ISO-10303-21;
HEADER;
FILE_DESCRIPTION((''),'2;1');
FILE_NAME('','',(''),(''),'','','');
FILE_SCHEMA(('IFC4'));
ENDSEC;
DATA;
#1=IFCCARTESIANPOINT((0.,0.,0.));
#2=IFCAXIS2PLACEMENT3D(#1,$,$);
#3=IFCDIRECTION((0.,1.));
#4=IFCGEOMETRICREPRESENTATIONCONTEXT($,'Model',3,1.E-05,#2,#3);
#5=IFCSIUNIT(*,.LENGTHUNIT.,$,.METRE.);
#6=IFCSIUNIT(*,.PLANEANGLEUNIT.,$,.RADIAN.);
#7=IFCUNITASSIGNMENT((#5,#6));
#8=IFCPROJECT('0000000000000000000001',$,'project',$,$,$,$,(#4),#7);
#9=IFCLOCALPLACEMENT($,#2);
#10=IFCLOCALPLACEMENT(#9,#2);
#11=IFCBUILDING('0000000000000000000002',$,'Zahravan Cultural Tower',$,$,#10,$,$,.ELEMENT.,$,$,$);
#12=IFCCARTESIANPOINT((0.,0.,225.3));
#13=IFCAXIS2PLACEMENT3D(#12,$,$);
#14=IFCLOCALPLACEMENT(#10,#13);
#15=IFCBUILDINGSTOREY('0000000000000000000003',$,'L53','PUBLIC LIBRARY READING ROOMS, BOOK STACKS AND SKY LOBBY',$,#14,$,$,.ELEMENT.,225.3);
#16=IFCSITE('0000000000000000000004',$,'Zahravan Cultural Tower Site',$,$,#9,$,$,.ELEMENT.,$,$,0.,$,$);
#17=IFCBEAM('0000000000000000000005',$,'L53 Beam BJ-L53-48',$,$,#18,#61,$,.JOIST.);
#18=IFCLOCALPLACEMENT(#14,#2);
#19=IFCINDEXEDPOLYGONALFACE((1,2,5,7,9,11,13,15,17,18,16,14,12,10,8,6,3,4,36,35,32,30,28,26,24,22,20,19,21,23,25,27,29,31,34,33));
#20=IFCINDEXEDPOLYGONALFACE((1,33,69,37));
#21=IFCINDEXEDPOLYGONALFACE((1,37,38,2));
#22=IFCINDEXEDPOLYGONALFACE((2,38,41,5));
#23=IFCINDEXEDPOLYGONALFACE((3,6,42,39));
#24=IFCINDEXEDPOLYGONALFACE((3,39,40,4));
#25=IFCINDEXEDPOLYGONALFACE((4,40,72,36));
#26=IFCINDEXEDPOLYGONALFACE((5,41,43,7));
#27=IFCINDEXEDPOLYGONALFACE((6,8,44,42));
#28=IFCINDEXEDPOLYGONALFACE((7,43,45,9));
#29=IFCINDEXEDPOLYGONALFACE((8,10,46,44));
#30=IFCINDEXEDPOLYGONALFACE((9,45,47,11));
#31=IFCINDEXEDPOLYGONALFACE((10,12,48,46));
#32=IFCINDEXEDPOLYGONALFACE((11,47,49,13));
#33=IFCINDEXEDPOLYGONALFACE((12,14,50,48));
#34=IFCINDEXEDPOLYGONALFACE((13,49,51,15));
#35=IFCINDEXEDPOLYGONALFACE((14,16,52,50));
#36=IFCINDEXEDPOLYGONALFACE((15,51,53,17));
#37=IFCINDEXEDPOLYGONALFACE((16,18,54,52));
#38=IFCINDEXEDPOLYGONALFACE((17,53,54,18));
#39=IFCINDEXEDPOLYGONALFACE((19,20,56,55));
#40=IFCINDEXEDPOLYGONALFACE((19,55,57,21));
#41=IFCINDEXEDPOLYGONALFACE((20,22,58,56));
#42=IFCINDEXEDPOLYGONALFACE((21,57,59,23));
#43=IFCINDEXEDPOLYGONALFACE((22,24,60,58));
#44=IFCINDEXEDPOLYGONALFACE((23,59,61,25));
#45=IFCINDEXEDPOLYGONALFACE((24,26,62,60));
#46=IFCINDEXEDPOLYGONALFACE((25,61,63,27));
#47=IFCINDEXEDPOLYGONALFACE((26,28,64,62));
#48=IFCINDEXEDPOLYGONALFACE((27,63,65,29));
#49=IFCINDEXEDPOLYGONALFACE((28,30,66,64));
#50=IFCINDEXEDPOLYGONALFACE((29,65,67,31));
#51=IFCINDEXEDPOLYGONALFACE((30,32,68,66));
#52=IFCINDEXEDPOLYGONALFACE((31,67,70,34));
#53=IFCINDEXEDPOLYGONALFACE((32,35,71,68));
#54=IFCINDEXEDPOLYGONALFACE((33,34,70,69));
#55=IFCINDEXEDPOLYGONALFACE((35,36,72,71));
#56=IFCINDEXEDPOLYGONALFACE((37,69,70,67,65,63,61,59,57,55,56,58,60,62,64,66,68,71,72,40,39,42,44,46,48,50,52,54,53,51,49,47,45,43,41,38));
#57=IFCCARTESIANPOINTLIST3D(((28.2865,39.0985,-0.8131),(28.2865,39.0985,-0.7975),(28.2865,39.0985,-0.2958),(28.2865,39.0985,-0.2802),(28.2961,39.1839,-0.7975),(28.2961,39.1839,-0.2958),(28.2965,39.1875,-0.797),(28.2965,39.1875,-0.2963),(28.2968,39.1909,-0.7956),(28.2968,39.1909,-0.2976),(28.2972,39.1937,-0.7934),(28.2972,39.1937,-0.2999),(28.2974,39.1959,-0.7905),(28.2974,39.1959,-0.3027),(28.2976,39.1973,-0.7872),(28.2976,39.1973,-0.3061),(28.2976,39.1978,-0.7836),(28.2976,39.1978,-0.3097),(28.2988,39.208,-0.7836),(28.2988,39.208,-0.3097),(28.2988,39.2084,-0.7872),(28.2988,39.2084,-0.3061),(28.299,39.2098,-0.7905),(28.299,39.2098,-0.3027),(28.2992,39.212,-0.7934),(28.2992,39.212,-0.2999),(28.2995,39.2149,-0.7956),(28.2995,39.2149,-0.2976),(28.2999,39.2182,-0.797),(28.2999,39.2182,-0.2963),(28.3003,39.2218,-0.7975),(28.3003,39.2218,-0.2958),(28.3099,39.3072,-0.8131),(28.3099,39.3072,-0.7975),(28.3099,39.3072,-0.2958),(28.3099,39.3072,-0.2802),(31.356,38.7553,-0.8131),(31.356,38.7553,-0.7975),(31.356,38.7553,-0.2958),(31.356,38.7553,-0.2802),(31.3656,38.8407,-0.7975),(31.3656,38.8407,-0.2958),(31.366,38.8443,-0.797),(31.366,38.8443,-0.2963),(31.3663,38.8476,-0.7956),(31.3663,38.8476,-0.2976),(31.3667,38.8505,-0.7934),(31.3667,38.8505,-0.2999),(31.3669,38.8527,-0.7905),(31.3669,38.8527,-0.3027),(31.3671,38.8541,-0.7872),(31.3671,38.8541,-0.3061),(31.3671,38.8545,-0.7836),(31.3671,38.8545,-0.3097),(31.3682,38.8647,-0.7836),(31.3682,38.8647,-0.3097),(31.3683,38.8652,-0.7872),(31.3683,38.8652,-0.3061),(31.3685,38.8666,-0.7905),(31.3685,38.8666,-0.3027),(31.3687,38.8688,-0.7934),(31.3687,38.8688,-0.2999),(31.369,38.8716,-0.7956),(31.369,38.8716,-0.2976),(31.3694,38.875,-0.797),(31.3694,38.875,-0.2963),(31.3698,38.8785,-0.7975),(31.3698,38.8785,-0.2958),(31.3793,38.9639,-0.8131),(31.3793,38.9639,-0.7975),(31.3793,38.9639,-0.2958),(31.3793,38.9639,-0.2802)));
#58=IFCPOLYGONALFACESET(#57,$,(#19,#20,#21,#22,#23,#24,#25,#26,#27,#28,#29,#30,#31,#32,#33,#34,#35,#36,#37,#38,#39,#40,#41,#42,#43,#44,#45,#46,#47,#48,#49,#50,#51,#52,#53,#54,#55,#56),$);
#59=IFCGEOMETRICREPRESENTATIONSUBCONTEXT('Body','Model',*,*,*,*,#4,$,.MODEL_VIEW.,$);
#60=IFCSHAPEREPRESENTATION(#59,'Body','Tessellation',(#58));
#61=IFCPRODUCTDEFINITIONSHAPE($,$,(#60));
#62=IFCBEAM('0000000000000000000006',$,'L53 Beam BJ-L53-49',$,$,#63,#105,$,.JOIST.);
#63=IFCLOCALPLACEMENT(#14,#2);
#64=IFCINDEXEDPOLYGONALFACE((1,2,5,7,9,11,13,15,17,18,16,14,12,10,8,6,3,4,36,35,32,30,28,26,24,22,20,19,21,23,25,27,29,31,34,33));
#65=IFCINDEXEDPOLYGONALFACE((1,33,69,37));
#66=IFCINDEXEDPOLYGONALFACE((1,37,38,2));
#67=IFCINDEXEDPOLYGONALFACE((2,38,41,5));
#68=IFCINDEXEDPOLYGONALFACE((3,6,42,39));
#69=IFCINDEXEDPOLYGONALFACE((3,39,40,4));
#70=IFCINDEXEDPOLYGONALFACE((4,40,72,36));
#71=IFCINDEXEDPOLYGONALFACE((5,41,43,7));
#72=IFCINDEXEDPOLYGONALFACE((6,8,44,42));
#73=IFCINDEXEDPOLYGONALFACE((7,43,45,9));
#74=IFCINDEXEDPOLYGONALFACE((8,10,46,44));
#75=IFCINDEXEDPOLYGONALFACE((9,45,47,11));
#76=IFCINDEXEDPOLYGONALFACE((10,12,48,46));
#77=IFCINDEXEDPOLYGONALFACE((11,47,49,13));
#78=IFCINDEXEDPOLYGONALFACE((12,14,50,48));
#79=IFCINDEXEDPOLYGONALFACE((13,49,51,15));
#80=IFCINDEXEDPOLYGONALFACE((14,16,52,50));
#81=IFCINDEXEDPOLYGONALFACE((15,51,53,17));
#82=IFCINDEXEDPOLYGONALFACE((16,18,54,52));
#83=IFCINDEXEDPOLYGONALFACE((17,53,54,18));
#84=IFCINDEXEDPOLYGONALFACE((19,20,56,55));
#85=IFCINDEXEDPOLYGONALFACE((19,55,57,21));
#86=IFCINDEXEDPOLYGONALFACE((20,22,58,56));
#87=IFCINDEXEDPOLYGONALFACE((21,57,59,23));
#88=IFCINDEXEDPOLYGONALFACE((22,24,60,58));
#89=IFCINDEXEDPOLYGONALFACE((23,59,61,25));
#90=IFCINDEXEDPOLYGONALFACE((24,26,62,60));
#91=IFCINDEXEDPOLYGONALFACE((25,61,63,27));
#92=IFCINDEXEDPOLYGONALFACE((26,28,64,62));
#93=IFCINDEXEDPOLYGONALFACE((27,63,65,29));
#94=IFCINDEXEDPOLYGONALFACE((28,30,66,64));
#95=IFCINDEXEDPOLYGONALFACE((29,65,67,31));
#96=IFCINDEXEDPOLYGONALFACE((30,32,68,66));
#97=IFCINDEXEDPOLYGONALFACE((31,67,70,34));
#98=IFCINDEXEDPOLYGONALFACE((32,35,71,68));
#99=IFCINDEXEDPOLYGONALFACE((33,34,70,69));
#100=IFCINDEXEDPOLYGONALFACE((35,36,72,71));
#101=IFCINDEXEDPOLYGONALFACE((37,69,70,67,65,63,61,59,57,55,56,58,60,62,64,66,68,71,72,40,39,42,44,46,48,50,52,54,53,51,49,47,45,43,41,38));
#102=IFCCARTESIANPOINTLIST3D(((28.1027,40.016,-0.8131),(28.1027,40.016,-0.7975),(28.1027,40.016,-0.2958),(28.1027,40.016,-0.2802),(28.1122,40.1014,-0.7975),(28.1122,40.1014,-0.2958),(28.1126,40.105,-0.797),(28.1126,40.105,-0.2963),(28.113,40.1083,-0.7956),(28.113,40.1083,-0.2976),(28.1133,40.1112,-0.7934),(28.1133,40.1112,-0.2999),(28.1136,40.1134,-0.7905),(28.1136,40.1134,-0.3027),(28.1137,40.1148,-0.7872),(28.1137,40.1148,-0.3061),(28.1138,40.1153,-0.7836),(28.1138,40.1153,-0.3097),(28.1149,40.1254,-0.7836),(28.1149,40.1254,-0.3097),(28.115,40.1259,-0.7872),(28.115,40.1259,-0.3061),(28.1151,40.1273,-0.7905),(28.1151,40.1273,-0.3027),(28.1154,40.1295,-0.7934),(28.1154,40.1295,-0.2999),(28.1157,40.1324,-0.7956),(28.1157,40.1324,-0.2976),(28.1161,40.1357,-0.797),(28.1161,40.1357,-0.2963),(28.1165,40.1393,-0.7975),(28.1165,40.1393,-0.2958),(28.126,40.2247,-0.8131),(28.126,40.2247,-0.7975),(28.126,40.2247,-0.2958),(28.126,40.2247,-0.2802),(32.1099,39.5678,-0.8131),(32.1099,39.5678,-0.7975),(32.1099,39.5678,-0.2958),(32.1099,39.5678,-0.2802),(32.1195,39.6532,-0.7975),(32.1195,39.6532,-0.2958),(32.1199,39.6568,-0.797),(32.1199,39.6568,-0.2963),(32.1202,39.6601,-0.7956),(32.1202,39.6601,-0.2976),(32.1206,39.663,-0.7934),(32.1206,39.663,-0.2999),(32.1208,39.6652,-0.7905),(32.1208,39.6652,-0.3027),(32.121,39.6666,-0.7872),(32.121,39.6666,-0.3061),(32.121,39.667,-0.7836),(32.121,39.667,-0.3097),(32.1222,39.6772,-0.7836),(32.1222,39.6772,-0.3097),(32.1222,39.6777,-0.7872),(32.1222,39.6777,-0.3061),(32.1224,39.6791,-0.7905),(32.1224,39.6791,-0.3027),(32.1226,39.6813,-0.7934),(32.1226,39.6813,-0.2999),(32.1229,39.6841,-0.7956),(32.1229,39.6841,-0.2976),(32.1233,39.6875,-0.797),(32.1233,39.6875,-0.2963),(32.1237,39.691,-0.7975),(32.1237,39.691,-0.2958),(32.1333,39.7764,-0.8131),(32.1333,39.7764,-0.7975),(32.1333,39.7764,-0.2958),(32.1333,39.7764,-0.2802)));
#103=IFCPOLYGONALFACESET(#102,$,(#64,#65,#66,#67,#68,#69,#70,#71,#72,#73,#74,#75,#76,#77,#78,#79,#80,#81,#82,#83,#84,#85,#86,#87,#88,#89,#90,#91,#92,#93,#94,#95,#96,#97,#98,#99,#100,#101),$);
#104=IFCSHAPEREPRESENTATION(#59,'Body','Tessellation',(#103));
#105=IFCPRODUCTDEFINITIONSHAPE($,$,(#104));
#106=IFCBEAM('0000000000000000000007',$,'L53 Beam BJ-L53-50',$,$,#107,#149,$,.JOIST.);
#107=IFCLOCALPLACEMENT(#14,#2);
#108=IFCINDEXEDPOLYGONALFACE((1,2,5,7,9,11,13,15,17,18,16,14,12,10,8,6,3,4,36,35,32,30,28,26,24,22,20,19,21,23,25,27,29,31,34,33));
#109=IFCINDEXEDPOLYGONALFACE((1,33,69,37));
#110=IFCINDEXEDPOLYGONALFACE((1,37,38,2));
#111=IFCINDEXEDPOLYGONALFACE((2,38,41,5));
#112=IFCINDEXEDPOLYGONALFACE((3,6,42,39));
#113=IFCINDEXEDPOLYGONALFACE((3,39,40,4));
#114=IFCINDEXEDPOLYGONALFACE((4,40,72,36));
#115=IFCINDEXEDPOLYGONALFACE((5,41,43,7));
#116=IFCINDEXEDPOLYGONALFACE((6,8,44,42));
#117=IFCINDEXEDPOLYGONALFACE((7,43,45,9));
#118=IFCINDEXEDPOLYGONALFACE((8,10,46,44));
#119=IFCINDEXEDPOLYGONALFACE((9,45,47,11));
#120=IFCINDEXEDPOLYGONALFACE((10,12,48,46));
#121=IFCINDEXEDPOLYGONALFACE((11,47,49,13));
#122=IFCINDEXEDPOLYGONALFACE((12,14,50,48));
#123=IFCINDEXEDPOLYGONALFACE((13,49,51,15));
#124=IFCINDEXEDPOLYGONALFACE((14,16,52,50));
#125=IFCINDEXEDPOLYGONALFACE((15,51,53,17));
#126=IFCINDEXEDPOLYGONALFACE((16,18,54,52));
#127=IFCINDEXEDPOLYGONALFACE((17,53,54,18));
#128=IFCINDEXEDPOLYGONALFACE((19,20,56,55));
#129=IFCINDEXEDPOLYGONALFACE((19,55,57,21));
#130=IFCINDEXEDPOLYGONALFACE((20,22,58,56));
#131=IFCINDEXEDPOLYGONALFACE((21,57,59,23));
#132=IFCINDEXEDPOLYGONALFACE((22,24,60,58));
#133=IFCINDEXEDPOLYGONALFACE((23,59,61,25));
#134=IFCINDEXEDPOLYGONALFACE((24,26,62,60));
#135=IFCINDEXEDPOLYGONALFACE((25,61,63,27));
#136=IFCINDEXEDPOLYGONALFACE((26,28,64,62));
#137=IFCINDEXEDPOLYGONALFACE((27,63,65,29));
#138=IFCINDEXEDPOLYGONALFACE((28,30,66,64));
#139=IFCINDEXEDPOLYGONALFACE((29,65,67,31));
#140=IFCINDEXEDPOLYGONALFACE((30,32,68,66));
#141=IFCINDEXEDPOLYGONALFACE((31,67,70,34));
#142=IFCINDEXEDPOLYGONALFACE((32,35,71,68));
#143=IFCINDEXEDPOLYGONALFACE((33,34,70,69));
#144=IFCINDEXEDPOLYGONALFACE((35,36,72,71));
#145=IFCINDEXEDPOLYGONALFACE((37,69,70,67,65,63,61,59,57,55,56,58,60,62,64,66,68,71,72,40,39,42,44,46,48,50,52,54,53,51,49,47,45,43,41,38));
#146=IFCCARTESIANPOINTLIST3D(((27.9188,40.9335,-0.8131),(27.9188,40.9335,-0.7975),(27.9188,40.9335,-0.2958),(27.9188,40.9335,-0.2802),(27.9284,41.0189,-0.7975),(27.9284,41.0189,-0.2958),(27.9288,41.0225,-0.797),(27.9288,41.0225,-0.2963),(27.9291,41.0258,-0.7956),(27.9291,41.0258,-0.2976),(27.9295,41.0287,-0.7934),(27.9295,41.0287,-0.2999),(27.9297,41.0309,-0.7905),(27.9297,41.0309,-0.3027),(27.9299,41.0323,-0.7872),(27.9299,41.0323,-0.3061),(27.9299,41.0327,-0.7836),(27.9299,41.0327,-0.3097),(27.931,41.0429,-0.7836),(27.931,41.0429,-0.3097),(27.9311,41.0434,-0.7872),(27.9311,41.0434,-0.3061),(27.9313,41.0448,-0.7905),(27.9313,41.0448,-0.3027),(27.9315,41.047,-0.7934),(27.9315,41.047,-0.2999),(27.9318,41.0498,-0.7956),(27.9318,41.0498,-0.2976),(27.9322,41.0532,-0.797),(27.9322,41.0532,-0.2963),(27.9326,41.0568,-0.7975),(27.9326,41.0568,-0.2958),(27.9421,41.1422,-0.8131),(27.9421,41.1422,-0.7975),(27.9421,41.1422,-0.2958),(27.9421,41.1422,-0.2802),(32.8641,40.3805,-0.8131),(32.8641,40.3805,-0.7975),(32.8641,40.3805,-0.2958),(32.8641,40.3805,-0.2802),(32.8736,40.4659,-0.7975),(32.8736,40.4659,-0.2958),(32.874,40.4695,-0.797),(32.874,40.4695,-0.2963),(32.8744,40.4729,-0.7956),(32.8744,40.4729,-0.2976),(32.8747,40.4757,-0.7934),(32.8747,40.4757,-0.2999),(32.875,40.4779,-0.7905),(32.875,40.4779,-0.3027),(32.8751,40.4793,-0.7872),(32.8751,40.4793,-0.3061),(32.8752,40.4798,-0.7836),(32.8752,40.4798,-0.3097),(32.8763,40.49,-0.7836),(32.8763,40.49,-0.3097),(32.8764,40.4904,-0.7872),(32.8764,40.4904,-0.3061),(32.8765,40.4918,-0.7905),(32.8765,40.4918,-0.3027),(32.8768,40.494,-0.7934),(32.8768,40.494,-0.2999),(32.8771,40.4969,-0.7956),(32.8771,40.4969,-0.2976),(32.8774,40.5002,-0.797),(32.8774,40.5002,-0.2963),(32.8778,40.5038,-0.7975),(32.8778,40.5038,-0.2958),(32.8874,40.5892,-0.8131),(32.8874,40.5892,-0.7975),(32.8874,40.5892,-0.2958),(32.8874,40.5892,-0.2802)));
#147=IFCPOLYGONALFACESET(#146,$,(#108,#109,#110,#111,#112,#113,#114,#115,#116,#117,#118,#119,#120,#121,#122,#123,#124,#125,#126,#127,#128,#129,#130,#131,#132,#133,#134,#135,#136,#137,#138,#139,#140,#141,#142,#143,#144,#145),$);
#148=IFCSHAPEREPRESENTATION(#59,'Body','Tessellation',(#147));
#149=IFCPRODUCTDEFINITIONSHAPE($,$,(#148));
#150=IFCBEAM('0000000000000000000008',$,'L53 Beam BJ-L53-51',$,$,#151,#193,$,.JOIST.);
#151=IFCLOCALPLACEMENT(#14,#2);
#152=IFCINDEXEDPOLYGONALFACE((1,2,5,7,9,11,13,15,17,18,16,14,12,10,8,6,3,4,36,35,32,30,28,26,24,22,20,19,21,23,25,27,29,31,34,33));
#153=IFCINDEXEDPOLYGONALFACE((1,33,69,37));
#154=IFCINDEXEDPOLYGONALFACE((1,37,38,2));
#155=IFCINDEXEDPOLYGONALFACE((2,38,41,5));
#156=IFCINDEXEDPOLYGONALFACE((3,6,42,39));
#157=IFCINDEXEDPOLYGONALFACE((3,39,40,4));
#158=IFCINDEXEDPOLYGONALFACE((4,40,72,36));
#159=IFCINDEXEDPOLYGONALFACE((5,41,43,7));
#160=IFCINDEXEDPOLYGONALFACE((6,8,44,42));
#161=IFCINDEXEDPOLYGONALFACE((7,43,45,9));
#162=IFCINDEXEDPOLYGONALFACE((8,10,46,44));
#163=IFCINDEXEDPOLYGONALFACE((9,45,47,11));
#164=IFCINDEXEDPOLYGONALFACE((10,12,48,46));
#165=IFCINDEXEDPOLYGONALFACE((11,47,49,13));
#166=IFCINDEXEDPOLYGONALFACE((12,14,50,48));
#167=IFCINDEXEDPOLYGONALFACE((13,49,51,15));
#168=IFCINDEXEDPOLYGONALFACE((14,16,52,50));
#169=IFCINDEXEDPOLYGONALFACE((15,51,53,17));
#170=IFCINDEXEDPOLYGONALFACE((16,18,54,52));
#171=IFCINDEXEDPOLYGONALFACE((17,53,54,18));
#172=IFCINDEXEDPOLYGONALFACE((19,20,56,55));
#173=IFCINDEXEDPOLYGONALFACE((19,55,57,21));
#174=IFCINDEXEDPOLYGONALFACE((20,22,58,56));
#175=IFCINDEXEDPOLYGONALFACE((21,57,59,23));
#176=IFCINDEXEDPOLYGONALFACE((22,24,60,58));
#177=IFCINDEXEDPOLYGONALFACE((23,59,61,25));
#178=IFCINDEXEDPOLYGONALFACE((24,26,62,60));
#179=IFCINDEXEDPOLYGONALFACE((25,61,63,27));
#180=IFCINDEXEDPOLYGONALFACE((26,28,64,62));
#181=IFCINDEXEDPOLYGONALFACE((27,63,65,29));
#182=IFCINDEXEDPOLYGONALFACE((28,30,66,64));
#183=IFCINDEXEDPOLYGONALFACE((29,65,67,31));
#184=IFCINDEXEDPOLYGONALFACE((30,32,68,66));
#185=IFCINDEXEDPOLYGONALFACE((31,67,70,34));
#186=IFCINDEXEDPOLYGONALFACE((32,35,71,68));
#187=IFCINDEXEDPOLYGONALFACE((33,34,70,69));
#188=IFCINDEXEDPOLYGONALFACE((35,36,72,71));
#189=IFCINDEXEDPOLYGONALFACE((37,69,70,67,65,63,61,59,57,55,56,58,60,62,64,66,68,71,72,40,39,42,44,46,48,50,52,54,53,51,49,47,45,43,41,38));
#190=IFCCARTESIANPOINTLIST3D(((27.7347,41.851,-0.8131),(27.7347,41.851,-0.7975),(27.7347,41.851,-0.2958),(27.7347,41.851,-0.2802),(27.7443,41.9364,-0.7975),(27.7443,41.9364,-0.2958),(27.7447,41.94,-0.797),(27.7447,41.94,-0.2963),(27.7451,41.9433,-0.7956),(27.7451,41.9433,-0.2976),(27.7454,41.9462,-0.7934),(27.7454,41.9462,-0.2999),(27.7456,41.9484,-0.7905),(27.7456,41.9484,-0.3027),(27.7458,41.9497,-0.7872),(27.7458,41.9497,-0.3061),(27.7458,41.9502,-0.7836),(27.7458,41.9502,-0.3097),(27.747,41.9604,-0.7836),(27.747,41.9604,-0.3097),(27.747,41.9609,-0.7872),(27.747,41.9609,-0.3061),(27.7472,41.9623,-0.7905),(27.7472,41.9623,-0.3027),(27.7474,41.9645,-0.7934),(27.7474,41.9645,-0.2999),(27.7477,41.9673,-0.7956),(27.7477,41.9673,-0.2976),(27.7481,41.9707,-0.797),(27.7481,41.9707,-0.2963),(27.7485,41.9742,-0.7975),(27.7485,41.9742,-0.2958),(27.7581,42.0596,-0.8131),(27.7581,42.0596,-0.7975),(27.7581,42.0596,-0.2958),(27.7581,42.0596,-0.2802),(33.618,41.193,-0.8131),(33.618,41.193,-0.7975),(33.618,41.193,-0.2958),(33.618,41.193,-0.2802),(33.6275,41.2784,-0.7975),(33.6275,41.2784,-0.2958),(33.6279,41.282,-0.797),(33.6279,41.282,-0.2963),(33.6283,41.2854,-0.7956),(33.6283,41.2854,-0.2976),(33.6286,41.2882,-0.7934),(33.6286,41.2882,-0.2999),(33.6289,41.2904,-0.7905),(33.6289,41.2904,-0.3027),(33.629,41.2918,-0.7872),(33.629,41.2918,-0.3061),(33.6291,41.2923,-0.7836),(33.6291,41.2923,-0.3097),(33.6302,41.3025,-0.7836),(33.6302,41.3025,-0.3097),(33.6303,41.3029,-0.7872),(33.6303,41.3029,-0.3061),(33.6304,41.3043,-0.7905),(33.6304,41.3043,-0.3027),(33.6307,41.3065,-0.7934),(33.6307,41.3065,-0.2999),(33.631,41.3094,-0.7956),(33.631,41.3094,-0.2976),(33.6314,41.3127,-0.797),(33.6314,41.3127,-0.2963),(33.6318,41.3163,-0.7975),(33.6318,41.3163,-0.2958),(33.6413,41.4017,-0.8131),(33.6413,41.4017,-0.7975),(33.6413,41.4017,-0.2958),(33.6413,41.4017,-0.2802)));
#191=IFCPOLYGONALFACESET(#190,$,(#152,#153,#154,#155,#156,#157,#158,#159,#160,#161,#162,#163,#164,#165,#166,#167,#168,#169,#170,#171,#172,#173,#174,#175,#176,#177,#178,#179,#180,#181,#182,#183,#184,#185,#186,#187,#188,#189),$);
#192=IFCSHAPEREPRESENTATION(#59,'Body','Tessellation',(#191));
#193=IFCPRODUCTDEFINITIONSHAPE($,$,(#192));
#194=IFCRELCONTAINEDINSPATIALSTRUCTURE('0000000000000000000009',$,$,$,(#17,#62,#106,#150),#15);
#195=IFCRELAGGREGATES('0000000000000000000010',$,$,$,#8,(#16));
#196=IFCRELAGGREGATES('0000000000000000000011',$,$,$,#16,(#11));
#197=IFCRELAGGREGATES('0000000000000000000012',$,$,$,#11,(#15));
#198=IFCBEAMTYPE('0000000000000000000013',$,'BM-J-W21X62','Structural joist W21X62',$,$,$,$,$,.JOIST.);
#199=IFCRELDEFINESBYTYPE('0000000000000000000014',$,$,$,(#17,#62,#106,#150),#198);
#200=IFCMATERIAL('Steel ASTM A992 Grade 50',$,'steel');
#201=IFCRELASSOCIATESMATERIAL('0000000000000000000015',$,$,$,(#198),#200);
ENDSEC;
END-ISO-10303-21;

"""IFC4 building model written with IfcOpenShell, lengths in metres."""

from ifc_helpers import new_model, si_unit, direction, frame, origin, origin_2d, place, context, subcontext, project, spatial, i_section, extrude, source, transform, mapped, material, material_profile, profile_set, type_object, element, save


model = new_model("IFC4")

# Units and contexts
model_context = context("Model", 3, precision=1e-05, world=origin(), true_north=direction((0.0, 1.0)))
body_context = subcontext(model_context, "Body", "Model", "MODEL_VIEW")
ifc_project = project(units=[si_unit("LENGTHUNIT", "METRE"), si_unit("PLANEANGLEUNIT", "RADIAN")], contexts=[model_context])

# Site, building, storey
site_placement = place(None, origin())
site = spatial("IfcSite", under=ifc_project, at=site_placement, Name="Zahravan Cultural Tower Site", CompositionType="ELEMENT", RefElevation=0.0)
building_placement = place(site_placement, origin())
building = spatial("IfcBuilding", under=site, at=building_placement, Name="Zahravan Cultural Tower", CompositionType="ELEMENT")
storey_placement = place(building_placement, frame((0.0, 0.0, 225.3)))
storey = spatial("IfcBuildingStorey", under=building, at=storey_placement, Name="L53", Description="PUBLIC LIBRARY READING ROOMS, BOOK STACKS AND SKY LOBBY", CompositionType="ELEMENT", Elevation=225.3)

# Shared definitions
ifc_material_1 = material(Name="Steel ASTM A992 Grade 50", Category="steel")

# Beams
ifc_material_profile_1 = material_profile(ifc_material_1, i_section(OverallWidth=0.21, OverallDepth=0.533, WebThickness=0.0103, FlangeThickness=0.0156, FilletRadius=0.0139, at=origin_2d()), Name="W21X62")
ifc_profile_set_1 = profile_set([ifc_material_profile_1], Name="Steel ASTM A992 Grade 50")
beam_type_1 = type_object("IfcBeamType", Name="BM-J-W21X62", Description="Structural joist W21X62", PredefinedType="JOIST", material=ifc_profile_set_1)
shared_shape_1 = source(origin(), body_context, "Body", "SweptSolid", [
    extrude(i_section(OverallWidth=0.21, OverallDepth=0.533, WebThickness=0.0103, FlangeThickness=0.0156, FilletRadius=0.0139, at=origin_2d()), origin(), (0.0, 0.0, 1.0), 3.0886),
])
beam_1_placement = place(storey_placement, frame((31.3677, 38.8596, -0.5466), z_axis=(-0.993805, 0.111134, 0.0), x_axis=(-0.111134, -0.993805, 0.0)))
element("IfcBeam", 1, at=beam_1_placement, inside=storey, type_object=beam_type_1, Name="L53 Beam BJ-L53-48", PredefinedType="JOIST", context=body_context, shape_type="MappedRepresentation", body=[
    mapped(shared_shape_1, transform((0.0, 0.0, 0.0), x_axis=(1.0, 0.0, 0.0), y_axis=(0.0, 1.0, 0.0), z_axis=(0.0, 0.0, 1.0), scale=1.0)),
])
shared_shape_2 = source(origin(), body_context, "Body", "SweptSolid", [
    extrude(i_section(OverallWidth=0.21, OverallDepth=0.533, WebThickness=0.0103, FlangeThickness=0.0156, FilletRadius=0.0139, at=origin_2d()), origin(), (0.0, 0.0, 1.0), 4.0322),
])
beam_2_placement = place(storey_placement, frame((32.1216, 39.6721, -0.5466), z_axis=(-0.993802, 0.111162, 0.0), x_axis=(-0.111162, -0.993802, 0.0)))
element("IfcBeam", 2, at=beam_2_placement, inside=storey, type_object=beam_type_1, Name="L53 Beam BJ-L53-49", PredefinedType="JOIST", context=body_context, shape_type="MappedRepresentation", body=[
    mapped(shared_shape_2, transform((0.0, 0.0, 0.0), x_axis=(1.0, 0.0, 0.0), y_axis=(0.0, 1.0, 0.0), z_axis=(0.0, 0.0, 1.0), scale=1.0)),
])
shared_shape_3 = source(origin(), body_context, "Body", "SweptSolid", [
    extrude(i_section(OverallWidth=0.21, OverallDepth=0.533, WebThickness=0.0103, FlangeThickness=0.0156, FilletRadius=0.0139, at=origin_2d()), origin(), (0.0, 0.0, 1.0), 4.9761),
])
beam_3_placement = place(storey_placement, frame((32.8757, 40.4849, -0.5466), z_axis=(-0.993806, 0.111126, 0.0), x_axis=(-0.111126, -0.993806, 0.0)))
element("IfcBeam", 3, at=beam_3_placement, inside=storey, type_object=beam_type_1, Name="L53 Beam BJ-L53-50", PredefinedType="JOIST", context=body_context, shape_type="MappedRepresentation", body=[
    mapped(shared_shape_3, transform((0.0, 0.0, 0.0), x_axis=(1.0, 0.0, 0.0), y_axis=(0.0, 1.0, 0.0), z_axis=(0.0, 0.0, 1.0), scale=1.0)),
])
shared_shape_4 = source(origin(), body_context, "Body", "SweptSolid", [
    extrude(i_section(OverallWidth=0.21, OverallDepth=0.533, WebThickness=0.0103, FlangeThickness=0.0156, FilletRadius=0.0139, at=origin_2d()), origin(), (0.0, 0.0, 1.0), 5.9199),
])
beam_4_placement = place(storey_placement, frame((33.6296, 41.2974, -0.5466), z_axis=(-0.993805, 0.111142, 0.0), x_axis=(-0.111142, -0.993805, 0.0)))
element("IfcBeam", 4, at=beam_4_placement, inside=storey, type_object=beam_type_1, Name="L53 Beam BJ-L53-51", PredefinedType="JOIST", context=body_context, shape_type="MappedRepresentation", body=[
    mapped(shared_shape_4, transform((0.0, 0.0, 0.0), x_axis=(1.0, 0.0, 0.0), y_axis=(0.0, 1.0, 0.0), z_axis=(0.0, 0.0, 1.0), scale=1.0)),
])

save(model, "model.ifc")
